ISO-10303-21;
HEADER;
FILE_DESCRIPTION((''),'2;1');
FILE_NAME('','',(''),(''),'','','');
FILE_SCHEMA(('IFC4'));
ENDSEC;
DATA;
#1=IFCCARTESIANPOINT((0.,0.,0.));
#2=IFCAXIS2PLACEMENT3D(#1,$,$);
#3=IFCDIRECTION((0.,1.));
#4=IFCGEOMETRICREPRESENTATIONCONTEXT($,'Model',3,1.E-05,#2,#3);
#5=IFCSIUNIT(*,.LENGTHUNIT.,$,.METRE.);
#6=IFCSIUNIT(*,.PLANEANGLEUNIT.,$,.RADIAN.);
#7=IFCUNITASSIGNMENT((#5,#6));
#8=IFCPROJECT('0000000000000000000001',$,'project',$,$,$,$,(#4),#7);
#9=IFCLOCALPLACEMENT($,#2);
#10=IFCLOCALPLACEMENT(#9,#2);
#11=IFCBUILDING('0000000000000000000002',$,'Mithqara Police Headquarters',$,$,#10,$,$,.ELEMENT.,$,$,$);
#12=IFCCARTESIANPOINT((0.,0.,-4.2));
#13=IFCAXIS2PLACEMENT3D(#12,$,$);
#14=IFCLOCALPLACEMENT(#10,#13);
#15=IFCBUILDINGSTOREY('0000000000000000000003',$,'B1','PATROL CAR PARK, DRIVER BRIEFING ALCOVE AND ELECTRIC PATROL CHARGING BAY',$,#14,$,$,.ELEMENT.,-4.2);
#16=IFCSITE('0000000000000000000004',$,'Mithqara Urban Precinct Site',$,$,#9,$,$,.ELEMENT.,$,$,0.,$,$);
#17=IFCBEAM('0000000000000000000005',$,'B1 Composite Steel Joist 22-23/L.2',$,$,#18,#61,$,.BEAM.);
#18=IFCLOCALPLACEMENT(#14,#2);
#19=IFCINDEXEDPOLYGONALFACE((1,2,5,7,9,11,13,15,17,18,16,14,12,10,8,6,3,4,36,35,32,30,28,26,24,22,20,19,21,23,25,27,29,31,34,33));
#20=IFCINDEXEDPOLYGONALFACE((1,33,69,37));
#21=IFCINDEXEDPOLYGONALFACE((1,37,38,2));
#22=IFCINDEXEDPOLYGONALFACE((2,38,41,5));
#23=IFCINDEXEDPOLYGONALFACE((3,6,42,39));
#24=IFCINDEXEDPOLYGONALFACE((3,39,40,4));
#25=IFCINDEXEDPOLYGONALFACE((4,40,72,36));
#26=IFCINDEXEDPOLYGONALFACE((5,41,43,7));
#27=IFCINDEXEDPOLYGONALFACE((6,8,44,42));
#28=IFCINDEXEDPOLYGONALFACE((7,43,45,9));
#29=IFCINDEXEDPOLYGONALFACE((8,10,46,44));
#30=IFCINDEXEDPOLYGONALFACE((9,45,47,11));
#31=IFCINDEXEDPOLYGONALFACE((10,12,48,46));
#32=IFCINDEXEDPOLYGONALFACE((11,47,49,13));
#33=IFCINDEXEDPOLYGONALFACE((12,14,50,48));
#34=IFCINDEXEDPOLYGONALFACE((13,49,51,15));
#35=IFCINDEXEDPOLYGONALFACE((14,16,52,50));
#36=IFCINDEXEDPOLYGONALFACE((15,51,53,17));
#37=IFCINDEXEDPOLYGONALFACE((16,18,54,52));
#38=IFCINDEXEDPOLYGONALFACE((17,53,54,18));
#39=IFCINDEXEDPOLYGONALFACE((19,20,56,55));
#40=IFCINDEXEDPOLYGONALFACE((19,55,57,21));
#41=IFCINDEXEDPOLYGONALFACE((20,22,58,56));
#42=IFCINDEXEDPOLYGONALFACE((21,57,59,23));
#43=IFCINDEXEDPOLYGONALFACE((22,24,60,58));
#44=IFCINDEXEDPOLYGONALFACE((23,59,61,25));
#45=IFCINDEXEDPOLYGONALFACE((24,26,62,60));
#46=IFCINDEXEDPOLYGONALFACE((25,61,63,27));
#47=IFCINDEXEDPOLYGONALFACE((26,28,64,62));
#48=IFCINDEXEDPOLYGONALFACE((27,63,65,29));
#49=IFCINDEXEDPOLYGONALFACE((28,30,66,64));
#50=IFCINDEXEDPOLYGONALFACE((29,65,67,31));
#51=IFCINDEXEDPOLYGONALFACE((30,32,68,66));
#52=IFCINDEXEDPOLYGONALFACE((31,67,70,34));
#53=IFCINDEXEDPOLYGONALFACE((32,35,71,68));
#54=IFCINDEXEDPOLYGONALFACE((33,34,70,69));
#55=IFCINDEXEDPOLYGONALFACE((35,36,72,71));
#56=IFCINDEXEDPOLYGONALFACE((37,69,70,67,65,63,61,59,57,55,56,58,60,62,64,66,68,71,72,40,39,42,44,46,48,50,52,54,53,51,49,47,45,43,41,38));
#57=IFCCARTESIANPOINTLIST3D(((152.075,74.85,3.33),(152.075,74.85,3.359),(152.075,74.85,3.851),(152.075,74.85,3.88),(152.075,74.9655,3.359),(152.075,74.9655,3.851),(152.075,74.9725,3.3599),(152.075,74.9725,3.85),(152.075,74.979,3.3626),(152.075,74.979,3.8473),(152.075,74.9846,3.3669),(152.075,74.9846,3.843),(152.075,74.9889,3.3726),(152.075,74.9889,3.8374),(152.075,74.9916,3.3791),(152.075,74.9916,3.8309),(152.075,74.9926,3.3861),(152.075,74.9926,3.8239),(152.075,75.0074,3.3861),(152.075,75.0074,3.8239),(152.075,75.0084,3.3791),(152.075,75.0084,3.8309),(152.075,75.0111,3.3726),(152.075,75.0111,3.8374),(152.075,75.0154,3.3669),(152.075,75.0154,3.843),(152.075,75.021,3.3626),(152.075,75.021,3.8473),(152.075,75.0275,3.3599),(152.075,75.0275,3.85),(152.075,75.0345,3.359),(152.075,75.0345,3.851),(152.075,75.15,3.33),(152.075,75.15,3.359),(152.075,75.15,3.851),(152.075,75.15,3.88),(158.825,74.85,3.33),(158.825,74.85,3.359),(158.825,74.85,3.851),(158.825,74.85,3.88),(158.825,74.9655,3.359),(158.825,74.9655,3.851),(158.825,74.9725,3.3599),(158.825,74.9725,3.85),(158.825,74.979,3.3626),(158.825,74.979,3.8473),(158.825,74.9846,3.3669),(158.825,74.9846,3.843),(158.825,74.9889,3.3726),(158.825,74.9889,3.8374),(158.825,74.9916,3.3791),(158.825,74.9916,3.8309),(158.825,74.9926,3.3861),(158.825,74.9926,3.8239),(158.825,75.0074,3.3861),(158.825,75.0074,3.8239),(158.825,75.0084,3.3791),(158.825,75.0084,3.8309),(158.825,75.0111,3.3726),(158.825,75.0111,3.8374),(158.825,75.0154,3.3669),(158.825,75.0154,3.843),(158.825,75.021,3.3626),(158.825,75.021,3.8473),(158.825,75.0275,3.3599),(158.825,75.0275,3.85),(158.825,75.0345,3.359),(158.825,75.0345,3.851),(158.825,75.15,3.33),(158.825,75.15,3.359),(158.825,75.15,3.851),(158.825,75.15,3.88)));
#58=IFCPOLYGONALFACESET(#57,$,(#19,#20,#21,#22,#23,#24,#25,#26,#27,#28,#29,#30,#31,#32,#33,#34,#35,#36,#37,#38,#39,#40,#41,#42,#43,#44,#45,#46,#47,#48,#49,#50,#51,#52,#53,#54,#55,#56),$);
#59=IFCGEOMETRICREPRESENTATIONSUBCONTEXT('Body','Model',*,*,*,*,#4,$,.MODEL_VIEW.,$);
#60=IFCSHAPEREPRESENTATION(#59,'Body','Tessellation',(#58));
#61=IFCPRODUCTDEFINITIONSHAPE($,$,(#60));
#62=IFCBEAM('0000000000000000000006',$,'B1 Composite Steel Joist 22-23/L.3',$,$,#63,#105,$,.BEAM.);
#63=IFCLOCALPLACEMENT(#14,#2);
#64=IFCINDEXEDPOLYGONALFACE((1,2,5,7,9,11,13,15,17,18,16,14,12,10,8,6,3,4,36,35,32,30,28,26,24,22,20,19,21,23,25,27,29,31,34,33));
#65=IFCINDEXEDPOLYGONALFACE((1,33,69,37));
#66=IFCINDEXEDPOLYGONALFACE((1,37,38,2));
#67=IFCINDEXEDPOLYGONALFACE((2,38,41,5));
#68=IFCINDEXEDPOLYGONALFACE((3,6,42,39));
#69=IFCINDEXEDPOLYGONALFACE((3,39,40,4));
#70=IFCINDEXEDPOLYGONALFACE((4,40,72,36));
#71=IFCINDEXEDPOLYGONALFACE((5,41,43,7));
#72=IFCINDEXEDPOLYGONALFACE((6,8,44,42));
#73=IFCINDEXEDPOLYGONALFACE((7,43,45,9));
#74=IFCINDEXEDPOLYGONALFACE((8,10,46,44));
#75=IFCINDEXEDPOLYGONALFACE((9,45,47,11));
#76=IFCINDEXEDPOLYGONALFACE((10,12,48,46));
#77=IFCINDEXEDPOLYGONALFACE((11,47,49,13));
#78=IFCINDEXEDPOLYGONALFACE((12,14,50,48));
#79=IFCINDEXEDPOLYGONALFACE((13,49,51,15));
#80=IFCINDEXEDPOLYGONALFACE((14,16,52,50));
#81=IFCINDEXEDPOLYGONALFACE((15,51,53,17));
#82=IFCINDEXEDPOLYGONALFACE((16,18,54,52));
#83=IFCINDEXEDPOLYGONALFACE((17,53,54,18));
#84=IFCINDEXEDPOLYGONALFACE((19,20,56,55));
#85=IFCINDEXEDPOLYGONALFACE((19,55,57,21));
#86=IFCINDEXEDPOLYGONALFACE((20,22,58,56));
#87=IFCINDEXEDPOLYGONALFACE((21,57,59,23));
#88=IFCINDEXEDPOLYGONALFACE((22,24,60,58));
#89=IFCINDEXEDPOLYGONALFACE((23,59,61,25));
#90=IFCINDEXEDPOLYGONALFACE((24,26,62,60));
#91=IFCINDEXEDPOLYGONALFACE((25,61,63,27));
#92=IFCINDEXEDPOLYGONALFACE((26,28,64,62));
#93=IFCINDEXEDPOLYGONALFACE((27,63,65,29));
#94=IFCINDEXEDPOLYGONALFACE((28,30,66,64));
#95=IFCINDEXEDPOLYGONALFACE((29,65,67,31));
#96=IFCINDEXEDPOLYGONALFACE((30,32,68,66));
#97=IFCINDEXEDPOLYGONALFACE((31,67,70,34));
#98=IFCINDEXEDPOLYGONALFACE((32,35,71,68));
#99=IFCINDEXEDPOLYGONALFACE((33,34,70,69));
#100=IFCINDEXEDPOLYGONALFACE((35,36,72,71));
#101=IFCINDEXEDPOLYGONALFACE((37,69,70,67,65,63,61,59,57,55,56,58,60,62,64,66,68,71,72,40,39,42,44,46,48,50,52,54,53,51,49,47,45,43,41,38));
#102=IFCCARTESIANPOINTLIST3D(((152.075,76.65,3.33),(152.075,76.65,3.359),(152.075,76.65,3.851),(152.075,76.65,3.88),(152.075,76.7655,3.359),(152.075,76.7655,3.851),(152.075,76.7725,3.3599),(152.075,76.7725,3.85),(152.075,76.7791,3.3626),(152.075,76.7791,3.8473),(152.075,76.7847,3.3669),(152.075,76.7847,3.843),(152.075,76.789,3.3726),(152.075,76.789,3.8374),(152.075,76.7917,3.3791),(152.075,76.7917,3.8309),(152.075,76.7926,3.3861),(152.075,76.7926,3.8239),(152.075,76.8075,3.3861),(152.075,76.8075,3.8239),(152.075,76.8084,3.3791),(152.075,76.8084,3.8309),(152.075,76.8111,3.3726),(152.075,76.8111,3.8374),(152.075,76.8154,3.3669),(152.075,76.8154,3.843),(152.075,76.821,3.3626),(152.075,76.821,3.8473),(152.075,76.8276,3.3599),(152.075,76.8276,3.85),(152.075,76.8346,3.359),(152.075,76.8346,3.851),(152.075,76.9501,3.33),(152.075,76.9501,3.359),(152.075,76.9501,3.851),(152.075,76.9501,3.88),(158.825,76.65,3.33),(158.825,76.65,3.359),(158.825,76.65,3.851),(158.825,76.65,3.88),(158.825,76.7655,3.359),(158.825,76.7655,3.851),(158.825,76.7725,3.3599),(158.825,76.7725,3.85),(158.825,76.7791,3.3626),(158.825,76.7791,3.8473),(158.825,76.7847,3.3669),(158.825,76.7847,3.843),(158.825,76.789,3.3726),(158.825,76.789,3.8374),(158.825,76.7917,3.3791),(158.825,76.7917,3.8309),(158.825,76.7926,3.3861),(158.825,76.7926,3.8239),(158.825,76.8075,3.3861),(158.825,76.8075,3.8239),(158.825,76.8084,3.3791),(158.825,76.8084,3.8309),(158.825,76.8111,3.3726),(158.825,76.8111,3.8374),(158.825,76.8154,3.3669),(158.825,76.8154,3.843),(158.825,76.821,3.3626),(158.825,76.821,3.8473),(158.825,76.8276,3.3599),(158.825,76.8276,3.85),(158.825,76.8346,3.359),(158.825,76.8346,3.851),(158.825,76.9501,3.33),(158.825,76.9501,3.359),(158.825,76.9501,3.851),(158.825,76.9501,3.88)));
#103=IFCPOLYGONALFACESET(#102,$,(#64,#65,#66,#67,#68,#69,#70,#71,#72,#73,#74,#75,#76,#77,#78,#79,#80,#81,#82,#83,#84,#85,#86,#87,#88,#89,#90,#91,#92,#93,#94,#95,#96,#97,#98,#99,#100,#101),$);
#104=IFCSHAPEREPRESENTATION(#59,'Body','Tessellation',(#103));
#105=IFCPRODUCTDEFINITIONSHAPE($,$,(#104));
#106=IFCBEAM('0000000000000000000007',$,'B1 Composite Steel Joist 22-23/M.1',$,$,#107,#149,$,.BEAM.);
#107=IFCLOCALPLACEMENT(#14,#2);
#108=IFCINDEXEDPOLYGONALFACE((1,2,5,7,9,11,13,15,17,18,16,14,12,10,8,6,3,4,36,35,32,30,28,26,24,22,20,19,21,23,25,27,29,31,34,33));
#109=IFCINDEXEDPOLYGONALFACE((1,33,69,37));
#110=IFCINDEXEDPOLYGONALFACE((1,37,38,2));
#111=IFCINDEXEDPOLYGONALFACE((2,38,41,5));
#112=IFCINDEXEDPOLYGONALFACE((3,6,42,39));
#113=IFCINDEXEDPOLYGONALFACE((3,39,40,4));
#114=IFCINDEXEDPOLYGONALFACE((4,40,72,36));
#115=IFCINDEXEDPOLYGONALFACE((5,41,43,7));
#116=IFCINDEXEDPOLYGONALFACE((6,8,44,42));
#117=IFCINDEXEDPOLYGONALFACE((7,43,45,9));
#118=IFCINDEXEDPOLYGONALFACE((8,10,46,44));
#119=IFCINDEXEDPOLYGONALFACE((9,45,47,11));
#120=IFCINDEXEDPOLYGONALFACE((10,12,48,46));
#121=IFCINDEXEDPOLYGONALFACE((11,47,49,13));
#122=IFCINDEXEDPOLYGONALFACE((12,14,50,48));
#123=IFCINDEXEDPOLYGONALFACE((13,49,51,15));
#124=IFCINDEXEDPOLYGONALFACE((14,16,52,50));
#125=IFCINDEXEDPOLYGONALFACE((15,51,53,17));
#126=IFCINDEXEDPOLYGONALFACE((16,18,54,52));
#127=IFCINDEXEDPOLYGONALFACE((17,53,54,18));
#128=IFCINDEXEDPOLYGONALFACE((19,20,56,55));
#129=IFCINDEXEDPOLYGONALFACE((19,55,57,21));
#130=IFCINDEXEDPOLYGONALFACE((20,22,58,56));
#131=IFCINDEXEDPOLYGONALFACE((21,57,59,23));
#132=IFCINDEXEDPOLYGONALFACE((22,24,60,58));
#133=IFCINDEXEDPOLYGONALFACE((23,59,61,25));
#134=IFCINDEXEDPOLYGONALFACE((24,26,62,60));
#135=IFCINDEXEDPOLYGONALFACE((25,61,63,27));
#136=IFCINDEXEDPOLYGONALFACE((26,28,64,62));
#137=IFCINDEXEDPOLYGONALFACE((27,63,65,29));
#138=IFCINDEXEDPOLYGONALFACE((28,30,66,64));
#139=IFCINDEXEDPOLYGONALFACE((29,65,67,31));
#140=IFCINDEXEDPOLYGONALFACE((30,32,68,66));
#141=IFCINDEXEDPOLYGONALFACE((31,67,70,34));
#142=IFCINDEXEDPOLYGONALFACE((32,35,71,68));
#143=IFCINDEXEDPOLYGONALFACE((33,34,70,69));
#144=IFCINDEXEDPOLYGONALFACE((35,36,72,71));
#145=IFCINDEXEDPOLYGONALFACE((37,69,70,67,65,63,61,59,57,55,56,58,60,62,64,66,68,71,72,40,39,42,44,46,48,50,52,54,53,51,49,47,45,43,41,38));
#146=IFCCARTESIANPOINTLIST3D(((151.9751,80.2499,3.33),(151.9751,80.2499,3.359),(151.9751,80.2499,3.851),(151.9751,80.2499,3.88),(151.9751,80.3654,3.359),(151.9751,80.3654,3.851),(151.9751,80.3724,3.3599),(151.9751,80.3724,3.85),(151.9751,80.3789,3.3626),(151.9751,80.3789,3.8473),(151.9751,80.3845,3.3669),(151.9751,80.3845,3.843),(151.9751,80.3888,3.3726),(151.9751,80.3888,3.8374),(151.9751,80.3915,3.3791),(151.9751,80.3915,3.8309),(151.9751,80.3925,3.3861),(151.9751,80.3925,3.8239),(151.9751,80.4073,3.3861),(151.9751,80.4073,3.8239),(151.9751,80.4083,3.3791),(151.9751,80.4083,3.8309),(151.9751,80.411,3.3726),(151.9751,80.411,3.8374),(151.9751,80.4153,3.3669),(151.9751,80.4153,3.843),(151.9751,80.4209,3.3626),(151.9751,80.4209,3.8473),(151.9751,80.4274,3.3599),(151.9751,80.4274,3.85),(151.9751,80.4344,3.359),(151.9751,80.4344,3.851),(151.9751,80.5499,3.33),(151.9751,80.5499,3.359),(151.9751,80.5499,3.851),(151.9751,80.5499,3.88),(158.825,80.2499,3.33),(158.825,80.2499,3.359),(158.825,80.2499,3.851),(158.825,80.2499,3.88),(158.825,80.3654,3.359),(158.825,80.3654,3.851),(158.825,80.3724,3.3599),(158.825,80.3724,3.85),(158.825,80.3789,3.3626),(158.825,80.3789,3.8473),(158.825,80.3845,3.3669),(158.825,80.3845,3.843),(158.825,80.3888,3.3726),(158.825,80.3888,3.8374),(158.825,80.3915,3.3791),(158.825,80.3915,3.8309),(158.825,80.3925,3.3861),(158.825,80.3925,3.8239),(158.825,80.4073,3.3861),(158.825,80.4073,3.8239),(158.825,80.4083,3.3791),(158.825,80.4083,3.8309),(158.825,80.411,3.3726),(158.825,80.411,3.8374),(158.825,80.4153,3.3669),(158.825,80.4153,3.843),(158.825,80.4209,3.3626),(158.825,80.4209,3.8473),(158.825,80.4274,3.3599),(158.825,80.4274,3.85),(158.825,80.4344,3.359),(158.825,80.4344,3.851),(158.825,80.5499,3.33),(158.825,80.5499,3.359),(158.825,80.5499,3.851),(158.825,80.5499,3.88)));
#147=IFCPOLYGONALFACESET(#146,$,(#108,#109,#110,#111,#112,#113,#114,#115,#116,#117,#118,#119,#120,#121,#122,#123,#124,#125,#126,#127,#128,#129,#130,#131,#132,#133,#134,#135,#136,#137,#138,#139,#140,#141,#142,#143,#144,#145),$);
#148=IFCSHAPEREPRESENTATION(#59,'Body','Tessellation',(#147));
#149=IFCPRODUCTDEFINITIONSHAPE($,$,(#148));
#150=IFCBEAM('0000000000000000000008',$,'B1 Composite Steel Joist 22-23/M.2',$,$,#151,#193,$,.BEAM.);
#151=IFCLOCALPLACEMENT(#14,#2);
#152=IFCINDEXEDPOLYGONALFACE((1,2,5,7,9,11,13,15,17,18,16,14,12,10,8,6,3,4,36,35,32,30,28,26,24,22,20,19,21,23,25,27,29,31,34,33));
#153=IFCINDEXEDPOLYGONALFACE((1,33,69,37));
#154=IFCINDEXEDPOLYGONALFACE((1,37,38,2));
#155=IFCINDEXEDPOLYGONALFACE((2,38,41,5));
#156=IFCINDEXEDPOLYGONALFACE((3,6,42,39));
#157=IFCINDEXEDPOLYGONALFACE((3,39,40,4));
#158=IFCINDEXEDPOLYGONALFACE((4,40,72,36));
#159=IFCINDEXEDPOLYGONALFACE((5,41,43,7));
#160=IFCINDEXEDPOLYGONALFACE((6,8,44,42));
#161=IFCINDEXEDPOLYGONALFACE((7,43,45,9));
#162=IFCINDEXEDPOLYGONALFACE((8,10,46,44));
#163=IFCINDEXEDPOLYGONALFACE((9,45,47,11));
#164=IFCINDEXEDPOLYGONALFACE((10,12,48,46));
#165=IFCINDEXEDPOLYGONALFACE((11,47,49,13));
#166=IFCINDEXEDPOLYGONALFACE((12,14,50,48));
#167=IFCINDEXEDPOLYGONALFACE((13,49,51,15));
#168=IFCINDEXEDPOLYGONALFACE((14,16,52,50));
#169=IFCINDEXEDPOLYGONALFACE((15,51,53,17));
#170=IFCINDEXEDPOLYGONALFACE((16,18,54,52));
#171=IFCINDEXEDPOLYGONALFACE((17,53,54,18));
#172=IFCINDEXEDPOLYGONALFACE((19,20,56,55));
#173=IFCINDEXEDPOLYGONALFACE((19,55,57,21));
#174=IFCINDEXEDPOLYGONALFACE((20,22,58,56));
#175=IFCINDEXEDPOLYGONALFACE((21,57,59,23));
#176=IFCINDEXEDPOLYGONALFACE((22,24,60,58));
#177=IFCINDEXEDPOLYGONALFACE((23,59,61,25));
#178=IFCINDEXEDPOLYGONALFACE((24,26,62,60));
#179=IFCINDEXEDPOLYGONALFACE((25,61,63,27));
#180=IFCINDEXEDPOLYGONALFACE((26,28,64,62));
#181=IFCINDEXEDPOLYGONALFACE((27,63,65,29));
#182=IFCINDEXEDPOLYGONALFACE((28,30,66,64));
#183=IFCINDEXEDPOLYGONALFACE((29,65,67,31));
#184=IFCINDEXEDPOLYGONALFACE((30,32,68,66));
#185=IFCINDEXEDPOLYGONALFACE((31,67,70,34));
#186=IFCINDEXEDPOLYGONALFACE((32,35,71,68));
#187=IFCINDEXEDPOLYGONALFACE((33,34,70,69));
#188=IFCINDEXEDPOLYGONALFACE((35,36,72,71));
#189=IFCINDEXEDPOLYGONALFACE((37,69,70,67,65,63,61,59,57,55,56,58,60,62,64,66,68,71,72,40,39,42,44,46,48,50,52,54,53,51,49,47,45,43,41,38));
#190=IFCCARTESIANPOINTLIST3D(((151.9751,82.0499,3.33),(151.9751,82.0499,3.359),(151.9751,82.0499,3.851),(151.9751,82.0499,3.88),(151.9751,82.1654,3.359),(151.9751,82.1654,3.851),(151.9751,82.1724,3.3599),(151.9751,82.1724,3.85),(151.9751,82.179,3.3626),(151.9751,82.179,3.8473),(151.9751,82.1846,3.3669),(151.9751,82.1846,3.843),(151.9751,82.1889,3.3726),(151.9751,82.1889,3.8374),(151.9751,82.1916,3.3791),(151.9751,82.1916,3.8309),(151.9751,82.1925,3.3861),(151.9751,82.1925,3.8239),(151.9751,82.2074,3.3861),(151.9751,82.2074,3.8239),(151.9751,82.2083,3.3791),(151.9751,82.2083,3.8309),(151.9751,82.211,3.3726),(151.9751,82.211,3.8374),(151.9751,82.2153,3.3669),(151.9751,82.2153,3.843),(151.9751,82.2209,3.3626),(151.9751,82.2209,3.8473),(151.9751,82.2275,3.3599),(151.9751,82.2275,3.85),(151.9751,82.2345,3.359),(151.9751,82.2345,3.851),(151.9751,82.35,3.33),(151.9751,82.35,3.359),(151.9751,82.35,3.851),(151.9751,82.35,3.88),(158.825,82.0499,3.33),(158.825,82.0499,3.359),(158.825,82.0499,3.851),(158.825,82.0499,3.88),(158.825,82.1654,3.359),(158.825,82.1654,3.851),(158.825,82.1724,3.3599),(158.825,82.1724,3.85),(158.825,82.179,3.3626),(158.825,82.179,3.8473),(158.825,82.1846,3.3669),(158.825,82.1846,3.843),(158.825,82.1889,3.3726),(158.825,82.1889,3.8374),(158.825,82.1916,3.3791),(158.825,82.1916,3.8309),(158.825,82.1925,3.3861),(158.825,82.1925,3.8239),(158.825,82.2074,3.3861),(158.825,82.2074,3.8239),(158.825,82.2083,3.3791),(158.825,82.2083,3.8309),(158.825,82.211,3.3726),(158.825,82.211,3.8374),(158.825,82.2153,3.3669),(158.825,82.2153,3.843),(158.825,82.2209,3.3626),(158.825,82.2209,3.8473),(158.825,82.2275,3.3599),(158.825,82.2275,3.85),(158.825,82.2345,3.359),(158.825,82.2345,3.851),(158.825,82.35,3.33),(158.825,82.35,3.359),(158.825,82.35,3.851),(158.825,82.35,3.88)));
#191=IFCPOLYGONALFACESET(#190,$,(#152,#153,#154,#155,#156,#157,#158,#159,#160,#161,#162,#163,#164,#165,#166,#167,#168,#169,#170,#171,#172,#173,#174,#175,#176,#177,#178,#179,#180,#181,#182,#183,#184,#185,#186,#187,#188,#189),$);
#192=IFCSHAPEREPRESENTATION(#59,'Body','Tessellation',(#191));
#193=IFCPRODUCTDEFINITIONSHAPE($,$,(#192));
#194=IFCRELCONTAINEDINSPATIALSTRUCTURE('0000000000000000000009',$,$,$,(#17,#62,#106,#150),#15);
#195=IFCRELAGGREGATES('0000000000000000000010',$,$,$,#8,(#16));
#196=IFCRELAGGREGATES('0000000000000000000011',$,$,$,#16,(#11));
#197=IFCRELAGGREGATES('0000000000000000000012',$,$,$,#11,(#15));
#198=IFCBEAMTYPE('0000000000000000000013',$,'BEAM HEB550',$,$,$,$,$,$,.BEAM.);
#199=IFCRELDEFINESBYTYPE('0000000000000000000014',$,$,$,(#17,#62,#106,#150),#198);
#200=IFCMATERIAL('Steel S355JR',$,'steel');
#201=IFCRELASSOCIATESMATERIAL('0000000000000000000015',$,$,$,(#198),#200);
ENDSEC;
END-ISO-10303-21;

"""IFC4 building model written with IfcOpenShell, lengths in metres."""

from ifc_helpers import new_model, si_unit, direction, frame, origin, origin_2d, place, context, subcontext, project, spatial, i_section, extrude, material, material_profile, profile_set, type_object, element, save


model = new_model("IFC4")

# Units and contexts
model_context = context("Model", 3, precision=1e-05, world=origin(), true_north=direction((0.0, 1.0)))
body_context = subcontext(model_context, "Body", "Model", "MODEL_VIEW")
ifc_project = project(units=[si_unit("LENGTHUNIT", "METRE"), si_unit("PLANEANGLEUNIT", "RADIAN")], contexts=[model_context])

# Site, building, storey
site_placement = place(None, origin())
site = spatial("IfcSite", under=ifc_project, at=site_placement, Name="Mithqara Urban Precinct Site", CompositionType="ELEMENT", RefElevation=0.0)
building_placement = place(site_placement, origin())
building = spatial("IfcBuilding", under=site, at=building_placement, Name="Mithqara Police Headquarters", CompositionType="ELEMENT")
storey_placement = place(building_placement, frame((0.0, 0.0, -4.2)))
storey = spatial("IfcBuildingStorey", under=building, at=storey_placement, Name="B1", Description="PATROL CAR PARK, DRIVER BRIEFING ALCOVE AND ELECTRIC PATROL CHARGING BAY", CompositionType="ELEMENT", Elevation=-4.2)

# Beams
ifc_material_1 = material(Name="Steel S355JR", Category="steel")
ifc_material_profile_1 = material_profile(ifc_material_1, i_section(OverallWidth=0.3, OverallDepth=0.55, WebThickness=0.0149, FlangeThickness=0.0291, FilletRadius=0.0271, at=origin_2d()), Name="HEB 550")
ifc_profile_set_1 = profile_set([ifc_material_profile_1], Name="Steel S355JR")
beam_type_1 = type_object("IfcBeamType", Name="BEAM HEB550", PredefinedType="BEAM", material=ifc_profile_set_1)
for number, where, z_axis, x_axis, name in (
    (1, (152.075, 75.0, 3.605), (1.0, 0.0, 0.0), (0.0, 1.0, 0.0), "B1 Composite Steel Joist 22-23/L.2"),
    (2, (152.075, 76.8, 3.605), (1.0, 0.0, 0.0), (0.0, 1.0, 0.0), "B1 Composite Steel Joist 22-23/L.3"),
):
    element("IfcBeam", number, at=place(storey_placement, frame(where, z_axis=z_axis, x_axis=x_axis)), inside=storey, type_object=beam_type_1, Name=name, PredefinedType="BEAM", context=body_context, shape_type="SweptSolid", body=[
        extrude(i_section(OverallWidth=0.3, OverallDepth=0.55, WebThickness=0.0149, FlangeThickness=0.0291, FilletRadius=0.0271, at=origin_2d()), origin(), (0.0, 0.0, 1.0), 6.75),
    ])
for number, where, z_axis, x_axis, name in (
    (3, (151.9751, 80.3999, 3.605), (1.0, 0.0, 0.0), (0.0, 1.0, 0.0), "B1 Composite Steel Joist 22-23/M.1"),
    (4, (151.9751, 82.2, 3.605), (1.0, 0.0, 0.0), (0.0, 1.0, 0.0), "B1 Composite Steel Joist 22-23/M.2"),
):
    element("IfcBeam", number, at=place(storey_placement, frame(where, z_axis=z_axis, x_axis=x_axis)), inside=storey, type_object=beam_type_1, Name=name, PredefinedType="BEAM", context=body_context, shape_type="SweptSolid", body=[
        extrude(i_section(OverallWidth=0.3, OverallDepth=0.55, WebThickness=0.0149, FlangeThickness=0.0291, FilletRadius=0.0271, at=origin_2d()), origin(), (0.0, 0.0, 1.0), 6.8499),
    ])

save(model, "model.ifc")
